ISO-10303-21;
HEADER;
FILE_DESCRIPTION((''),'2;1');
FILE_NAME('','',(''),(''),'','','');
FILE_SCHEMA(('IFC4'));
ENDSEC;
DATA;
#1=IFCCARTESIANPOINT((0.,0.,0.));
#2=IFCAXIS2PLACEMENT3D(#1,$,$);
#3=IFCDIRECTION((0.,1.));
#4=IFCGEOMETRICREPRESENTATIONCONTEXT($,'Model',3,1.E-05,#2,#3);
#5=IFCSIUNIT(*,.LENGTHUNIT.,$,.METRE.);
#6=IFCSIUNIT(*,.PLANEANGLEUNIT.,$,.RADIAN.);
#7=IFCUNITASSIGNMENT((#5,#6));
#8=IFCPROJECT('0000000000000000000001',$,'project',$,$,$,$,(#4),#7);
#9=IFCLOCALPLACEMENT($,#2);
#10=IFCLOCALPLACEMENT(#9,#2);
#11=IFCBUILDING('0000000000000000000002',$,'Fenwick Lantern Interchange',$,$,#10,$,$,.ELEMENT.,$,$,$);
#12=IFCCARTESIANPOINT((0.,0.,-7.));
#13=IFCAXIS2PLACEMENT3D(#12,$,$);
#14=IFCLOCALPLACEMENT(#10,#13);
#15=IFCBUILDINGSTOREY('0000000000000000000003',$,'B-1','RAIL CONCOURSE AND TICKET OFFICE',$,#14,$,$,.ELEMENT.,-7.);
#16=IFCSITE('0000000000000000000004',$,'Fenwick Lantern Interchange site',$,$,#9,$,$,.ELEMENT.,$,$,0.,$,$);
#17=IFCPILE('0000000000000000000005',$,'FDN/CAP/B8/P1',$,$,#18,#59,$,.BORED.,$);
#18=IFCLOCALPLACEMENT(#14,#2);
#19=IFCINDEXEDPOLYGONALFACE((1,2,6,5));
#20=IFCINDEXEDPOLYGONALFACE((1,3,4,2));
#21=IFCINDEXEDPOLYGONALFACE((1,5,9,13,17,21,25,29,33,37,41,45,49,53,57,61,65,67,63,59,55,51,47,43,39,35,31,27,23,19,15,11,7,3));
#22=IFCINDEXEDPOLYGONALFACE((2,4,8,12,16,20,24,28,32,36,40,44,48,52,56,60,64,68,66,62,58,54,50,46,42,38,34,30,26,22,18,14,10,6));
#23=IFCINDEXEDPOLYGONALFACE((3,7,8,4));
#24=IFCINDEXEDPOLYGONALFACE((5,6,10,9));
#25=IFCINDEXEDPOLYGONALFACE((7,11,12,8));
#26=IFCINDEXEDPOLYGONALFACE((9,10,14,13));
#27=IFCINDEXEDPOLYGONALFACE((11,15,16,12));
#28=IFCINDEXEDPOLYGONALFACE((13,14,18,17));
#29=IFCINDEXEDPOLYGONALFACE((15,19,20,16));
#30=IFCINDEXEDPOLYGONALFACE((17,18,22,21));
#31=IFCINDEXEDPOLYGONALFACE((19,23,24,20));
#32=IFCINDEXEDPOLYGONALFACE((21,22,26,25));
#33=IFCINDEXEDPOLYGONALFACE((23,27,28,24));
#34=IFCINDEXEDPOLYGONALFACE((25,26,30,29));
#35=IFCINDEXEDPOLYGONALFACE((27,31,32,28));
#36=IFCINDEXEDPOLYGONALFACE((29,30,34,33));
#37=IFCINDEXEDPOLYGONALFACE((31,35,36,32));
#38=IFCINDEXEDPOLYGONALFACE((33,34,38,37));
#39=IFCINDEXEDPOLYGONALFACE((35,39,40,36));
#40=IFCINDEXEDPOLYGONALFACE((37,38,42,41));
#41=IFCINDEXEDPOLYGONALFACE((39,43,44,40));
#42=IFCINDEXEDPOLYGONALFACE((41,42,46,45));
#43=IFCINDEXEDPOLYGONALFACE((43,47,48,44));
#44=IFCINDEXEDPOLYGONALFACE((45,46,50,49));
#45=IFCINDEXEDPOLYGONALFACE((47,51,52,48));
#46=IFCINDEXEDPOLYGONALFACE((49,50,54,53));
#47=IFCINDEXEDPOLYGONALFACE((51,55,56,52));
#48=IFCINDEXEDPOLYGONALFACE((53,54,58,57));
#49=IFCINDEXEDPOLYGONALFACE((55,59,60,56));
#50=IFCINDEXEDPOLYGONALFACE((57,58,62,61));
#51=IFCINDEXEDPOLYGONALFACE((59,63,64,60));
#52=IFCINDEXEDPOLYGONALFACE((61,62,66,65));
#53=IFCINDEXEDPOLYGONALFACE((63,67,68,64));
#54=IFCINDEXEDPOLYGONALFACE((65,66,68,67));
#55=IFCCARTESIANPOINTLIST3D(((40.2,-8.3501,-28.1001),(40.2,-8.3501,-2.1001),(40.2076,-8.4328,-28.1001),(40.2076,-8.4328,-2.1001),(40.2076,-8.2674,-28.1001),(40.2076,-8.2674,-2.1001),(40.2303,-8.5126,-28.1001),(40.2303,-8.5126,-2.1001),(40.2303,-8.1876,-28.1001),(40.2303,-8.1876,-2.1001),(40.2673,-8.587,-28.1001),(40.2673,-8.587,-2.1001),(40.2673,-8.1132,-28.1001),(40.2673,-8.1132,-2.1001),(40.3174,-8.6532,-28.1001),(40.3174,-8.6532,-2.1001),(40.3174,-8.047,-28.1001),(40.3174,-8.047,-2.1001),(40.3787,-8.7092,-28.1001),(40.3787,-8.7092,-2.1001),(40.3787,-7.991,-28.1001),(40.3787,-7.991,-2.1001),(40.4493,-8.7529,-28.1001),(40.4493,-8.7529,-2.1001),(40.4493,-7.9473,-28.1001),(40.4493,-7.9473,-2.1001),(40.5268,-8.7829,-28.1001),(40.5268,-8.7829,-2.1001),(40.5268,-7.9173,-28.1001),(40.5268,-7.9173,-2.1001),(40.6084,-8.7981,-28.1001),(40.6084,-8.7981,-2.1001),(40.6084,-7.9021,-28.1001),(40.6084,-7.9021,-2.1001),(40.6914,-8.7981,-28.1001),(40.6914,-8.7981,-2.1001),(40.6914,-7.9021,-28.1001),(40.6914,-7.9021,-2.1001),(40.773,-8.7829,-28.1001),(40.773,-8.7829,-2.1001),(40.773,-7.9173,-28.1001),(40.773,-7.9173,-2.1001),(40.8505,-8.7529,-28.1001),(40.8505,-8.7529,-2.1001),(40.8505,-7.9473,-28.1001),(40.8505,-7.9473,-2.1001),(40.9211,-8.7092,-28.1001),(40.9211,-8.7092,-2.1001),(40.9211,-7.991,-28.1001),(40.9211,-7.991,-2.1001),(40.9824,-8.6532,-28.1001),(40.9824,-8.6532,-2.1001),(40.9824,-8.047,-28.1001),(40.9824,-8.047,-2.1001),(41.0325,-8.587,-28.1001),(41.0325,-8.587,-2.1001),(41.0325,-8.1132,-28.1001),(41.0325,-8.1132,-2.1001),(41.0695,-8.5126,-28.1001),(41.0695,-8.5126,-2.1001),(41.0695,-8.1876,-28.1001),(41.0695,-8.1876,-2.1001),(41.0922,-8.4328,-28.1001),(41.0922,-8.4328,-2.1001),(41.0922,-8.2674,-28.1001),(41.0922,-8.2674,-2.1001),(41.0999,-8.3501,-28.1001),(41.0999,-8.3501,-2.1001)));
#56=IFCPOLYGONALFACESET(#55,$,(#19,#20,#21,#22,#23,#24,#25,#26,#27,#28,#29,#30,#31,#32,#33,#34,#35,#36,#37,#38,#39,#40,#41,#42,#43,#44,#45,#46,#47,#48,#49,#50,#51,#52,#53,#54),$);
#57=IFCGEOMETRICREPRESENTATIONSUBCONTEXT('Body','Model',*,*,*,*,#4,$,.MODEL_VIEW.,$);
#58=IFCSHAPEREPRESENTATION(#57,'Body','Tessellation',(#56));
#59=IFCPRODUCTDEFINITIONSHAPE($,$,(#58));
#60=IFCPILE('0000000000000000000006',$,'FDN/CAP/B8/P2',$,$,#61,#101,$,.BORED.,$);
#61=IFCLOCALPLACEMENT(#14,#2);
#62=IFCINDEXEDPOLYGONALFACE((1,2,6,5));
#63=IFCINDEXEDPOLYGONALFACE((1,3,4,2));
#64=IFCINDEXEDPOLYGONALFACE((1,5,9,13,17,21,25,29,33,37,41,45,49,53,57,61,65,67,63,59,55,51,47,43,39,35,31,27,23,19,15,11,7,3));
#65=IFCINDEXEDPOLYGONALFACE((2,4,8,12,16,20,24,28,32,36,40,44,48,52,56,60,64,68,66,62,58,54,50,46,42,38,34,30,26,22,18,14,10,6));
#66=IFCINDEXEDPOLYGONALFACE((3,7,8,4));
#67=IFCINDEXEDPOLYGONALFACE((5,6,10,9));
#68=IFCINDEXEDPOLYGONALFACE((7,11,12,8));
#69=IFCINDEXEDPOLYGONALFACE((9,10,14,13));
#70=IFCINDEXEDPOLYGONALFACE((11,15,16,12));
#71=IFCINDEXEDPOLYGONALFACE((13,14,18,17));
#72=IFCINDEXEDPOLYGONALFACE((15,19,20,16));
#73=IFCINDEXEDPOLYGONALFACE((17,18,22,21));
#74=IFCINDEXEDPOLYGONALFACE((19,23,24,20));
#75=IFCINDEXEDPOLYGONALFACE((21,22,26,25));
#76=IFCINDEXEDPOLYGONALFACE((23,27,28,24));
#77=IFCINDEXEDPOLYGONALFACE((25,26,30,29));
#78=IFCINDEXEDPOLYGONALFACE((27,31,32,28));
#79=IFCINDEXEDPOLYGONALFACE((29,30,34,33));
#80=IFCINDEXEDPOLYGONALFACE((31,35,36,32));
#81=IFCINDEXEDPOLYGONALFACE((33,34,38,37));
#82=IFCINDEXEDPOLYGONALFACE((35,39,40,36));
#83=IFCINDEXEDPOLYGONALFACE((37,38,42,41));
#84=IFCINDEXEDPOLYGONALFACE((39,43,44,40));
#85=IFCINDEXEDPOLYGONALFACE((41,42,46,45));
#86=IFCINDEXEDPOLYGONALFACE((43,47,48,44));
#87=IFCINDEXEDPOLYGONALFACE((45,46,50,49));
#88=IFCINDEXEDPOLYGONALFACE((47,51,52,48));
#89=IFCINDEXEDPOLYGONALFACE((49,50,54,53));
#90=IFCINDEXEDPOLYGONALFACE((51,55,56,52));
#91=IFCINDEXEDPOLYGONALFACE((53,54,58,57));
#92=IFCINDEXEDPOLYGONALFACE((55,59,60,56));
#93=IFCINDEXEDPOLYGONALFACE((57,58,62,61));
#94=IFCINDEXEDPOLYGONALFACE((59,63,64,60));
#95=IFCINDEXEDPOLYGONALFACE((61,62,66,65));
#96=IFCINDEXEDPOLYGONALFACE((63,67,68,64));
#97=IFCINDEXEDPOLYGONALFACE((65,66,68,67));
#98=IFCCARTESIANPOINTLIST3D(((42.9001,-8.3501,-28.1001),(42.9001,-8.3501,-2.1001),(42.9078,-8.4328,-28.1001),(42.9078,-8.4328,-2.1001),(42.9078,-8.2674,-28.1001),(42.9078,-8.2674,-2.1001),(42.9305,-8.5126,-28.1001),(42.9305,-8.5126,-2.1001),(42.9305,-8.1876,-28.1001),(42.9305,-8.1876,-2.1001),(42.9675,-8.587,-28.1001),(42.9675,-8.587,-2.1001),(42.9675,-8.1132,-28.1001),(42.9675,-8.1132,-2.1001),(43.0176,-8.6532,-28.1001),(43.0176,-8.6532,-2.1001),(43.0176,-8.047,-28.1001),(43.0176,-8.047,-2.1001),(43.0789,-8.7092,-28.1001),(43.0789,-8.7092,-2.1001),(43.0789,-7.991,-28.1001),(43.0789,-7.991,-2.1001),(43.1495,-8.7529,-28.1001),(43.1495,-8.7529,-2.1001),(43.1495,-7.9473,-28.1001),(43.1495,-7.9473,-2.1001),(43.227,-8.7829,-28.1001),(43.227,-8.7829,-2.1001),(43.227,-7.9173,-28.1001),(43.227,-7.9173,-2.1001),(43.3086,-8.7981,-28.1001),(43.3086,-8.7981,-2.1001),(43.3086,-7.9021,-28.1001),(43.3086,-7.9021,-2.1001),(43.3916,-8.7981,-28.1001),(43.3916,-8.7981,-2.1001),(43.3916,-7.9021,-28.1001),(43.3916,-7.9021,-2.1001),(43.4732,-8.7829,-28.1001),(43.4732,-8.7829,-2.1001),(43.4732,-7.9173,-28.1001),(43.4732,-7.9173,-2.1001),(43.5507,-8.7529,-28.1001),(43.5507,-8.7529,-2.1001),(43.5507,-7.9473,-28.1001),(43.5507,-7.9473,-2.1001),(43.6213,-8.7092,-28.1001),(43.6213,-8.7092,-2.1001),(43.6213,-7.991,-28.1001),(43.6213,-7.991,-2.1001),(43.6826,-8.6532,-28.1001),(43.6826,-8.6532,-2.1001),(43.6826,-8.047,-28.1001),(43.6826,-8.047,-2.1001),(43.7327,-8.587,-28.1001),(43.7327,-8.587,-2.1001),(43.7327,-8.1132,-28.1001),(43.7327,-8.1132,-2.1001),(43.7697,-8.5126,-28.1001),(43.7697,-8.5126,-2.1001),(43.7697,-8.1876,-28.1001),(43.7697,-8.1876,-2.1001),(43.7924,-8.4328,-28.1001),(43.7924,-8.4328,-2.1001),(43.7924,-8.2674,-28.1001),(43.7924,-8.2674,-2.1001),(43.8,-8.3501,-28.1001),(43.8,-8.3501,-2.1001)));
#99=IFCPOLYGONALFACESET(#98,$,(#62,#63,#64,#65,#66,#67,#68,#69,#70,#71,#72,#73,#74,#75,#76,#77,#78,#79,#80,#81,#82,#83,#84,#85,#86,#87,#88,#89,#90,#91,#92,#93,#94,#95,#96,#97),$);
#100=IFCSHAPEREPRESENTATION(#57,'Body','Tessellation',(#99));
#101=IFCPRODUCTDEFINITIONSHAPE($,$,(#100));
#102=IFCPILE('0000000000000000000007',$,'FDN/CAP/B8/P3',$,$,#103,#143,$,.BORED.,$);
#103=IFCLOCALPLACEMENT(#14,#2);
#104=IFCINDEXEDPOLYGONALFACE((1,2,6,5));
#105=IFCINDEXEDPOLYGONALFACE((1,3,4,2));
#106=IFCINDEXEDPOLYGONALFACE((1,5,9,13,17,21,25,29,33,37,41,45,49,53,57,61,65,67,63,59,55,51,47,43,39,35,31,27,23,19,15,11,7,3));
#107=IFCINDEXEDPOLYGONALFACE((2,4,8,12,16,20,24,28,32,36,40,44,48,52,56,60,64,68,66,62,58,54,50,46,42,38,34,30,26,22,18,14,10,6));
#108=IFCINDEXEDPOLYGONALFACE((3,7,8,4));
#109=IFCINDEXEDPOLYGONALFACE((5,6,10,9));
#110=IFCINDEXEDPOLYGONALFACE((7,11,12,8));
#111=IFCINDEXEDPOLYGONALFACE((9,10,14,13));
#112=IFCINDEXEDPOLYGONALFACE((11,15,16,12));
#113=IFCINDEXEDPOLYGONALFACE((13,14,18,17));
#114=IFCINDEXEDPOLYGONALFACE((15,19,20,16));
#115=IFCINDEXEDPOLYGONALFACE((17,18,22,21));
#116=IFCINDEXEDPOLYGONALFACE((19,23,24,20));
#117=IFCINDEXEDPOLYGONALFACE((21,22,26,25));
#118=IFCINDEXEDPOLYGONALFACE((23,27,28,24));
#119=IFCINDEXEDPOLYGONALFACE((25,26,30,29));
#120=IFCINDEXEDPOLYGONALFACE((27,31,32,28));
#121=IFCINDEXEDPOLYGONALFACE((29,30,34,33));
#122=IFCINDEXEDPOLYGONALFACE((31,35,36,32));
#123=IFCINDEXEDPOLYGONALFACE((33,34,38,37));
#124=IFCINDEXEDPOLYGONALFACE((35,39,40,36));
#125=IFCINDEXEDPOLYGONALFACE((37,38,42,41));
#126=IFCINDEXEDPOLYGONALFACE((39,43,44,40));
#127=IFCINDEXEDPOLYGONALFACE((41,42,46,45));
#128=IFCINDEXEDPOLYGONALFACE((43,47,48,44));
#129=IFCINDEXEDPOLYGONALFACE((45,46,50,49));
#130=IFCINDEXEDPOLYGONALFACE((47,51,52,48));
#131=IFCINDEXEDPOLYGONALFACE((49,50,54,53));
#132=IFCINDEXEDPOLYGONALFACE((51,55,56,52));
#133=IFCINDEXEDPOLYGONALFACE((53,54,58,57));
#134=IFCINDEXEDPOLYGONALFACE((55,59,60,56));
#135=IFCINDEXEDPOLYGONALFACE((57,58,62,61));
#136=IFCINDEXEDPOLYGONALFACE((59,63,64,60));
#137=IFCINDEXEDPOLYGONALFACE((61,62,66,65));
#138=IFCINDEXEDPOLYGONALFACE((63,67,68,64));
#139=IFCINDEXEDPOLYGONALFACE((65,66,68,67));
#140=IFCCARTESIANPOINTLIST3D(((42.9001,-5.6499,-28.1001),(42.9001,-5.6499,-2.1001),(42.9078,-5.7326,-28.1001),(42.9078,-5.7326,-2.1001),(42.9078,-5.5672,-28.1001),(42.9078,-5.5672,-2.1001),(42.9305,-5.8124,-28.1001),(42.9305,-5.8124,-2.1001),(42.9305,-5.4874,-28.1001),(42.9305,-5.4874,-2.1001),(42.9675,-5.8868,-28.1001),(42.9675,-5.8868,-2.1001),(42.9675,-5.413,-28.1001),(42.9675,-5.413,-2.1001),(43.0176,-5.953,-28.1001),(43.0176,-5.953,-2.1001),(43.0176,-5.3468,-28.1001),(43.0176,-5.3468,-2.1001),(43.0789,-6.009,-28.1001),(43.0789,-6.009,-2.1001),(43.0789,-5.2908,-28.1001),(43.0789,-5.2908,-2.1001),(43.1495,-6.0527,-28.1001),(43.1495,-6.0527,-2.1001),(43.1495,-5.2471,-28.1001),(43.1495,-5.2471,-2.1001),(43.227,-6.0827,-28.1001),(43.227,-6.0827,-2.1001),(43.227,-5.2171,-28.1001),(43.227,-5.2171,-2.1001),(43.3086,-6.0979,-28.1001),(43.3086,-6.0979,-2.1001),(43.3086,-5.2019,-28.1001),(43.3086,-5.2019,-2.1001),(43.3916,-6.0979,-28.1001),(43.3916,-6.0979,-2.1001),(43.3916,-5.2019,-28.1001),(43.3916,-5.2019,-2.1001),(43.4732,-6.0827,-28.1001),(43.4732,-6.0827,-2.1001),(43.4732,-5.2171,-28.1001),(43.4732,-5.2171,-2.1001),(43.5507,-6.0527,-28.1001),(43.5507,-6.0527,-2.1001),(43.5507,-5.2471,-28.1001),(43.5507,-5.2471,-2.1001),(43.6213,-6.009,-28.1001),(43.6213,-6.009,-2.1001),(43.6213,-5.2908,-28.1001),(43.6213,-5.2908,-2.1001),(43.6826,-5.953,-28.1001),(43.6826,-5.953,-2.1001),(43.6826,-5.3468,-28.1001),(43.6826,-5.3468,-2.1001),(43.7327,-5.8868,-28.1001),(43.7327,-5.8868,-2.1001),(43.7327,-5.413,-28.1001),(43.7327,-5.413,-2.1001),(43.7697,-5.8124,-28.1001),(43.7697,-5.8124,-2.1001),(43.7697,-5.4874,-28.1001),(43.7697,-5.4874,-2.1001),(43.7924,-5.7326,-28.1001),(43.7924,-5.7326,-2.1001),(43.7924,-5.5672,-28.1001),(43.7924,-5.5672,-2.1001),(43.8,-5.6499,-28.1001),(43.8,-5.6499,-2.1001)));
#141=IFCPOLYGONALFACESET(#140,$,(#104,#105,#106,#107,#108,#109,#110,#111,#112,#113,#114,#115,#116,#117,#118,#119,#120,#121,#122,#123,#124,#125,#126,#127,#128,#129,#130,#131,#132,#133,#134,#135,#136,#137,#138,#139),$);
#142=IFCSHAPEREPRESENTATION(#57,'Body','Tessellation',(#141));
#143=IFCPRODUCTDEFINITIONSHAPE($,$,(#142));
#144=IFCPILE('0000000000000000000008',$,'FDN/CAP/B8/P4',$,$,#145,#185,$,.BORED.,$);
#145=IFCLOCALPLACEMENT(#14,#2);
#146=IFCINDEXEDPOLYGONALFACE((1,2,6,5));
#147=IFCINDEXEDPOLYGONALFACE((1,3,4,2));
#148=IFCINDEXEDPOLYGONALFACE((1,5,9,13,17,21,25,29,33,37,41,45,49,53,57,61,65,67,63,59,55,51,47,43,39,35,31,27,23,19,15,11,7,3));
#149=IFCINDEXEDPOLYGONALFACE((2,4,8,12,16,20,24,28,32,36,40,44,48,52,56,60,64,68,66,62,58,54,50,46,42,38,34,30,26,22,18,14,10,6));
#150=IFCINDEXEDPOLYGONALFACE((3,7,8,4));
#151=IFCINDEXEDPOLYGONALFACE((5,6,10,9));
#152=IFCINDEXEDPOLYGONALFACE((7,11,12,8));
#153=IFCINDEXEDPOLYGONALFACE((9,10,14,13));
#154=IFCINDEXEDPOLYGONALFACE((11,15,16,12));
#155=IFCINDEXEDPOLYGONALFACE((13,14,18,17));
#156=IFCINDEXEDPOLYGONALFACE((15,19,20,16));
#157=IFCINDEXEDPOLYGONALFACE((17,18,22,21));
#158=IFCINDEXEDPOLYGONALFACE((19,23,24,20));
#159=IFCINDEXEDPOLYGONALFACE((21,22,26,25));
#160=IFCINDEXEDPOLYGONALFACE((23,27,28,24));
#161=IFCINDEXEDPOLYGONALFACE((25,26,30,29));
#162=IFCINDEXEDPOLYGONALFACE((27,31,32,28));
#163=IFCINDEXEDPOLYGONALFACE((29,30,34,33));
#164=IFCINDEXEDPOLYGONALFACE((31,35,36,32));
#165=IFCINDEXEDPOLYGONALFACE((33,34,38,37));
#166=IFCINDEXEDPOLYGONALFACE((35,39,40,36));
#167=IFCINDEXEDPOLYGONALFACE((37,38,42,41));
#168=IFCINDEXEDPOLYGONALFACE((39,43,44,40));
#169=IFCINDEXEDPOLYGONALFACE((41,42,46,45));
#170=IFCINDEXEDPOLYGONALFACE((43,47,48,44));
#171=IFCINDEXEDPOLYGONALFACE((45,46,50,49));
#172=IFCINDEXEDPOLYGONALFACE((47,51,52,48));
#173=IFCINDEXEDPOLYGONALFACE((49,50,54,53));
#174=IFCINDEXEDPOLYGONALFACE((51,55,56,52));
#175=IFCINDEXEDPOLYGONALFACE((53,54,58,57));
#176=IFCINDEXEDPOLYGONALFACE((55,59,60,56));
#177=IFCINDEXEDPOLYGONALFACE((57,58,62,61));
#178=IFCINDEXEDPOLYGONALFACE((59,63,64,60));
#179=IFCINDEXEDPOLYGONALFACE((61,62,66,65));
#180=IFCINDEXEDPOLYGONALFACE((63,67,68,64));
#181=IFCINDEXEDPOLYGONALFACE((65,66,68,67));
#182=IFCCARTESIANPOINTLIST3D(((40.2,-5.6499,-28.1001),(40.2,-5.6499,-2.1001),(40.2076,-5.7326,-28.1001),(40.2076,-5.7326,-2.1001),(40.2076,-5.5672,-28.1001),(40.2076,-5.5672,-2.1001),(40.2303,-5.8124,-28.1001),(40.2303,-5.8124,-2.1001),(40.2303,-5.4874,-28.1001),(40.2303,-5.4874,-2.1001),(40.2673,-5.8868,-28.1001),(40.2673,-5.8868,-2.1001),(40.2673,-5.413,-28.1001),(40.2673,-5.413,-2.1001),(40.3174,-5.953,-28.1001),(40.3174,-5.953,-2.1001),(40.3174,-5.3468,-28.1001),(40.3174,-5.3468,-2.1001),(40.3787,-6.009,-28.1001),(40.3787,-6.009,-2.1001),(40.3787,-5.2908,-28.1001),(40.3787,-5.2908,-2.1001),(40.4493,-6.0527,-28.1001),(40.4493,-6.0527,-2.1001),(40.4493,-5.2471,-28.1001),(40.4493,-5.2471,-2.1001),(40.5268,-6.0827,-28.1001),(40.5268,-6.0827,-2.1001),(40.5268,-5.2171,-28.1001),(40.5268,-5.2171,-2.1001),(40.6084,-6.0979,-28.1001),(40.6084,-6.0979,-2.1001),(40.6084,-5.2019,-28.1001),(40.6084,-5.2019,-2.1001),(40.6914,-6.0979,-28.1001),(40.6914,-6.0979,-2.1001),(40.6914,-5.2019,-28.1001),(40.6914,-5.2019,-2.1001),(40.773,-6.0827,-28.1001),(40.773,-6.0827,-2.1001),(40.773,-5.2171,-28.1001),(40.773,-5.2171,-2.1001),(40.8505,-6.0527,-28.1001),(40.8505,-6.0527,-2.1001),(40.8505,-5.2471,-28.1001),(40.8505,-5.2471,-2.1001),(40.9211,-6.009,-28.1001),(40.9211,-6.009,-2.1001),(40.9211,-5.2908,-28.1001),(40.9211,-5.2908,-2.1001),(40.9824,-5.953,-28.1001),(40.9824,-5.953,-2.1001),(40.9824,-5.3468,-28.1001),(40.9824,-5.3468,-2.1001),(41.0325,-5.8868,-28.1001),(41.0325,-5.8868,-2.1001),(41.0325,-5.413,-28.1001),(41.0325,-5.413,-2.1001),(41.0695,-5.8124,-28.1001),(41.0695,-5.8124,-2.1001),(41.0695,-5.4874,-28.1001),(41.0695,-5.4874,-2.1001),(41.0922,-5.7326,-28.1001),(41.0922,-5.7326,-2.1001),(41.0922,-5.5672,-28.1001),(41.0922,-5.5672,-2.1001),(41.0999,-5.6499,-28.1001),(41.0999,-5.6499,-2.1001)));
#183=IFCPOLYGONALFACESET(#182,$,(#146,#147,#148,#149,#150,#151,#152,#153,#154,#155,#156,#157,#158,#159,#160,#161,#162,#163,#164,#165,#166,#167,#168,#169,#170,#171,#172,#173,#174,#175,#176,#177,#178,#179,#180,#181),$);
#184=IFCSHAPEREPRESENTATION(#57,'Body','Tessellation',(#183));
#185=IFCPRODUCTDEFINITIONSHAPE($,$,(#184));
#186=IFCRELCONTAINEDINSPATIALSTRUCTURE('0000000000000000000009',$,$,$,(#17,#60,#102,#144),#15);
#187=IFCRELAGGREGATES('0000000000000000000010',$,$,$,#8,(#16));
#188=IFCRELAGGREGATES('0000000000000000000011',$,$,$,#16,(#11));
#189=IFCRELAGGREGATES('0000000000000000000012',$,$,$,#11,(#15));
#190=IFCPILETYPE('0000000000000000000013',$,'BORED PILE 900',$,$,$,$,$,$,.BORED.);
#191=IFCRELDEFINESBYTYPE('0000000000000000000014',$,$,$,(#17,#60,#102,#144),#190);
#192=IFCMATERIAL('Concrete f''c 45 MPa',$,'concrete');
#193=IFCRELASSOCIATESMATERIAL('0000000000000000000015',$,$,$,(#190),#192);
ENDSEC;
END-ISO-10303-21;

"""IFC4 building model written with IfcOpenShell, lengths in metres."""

from ifc_helpers import new_model, si_unit, direction, frame, origin, origin_2d, place, context, subcontext, project, spatial, circle, extrude, material, type_object, element, save


model = new_model("IFC4")

# Units and contexts
model_context = context("Model", 3, precision=1e-05, world=origin(), true_north=direction((0.0, 1.0)))
body_context = subcontext(model_context, "Body", "Model", "MODEL_VIEW")
ifc_project = project(units=[si_unit("LENGTHUNIT", "METRE"), si_unit("PLANEANGLEUNIT", "RADIAN")], contexts=[model_context])

# Site, building, storey
site_placement = place(None, origin())
site = spatial("IfcSite", under=ifc_project, at=site_placement, Name="Fenwick Lantern Interchange site", CompositionType="ELEMENT", RefElevation=0.0)
building_placement = place(site_placement, origin())
building = spatial("IfcBuilding", under=site, at=building_placement, Name="Fenwick Lantern Interchange", CompositionType="ELEMENT")
storey_placement = place(building_placement, frame((0.0, 0.0, -7.0)))
storey = spatial("IfcBuildingStorey", under=building, at=storey_placement, Name="B-1", Description="RAIL CONCOURSE AND TICKET OFFICE", CompositionType="ELEMENT", Elevation=-7.0)

# Piles
ifc_material_1 = material(Name="Concrete f'c 45 MPa", Category="concrete")
pile_type_1 = type_object("IfcPileType", Name="BORED PILE 900", PredefinedType="BORED", material=ifc_material_1)
for number, where, z_axis, x_axis, name in (
    (1, (40.6499, -8.3501, -2.1001), (0.0, 0.0, -1.0), (1.0, 0.0, 0.0), "FDN/CAP/B8/P1"),
    (2, (43.3501, -8.3501, -2.1001), (0.0, 0.0, -1.0), (1.0, 0.0, 0.0), "FDN/CAP/B8/P2"),
    (3, (43.3501, -5.6499, -2.1001), (0.0, 0.0, -1.0), (1.0, 0.0, 0.0), "FDN/CAP/B8/P3"),
    (4, (40.6499, -5.6499, -2.1001), (0.0, 0.0, -1.0), (1.0, 0.0, 0.0), "FDN/CAP/B8/P4"),
):
    element("IfcPile", number, at=place(storey_placement, frame(where, z_axis=z_axis, x_axis=x_axis)), inside=storey, type_object=pile_type_1, Name=name, PredefinedType="BORED", context=body_context, shape_type="SweptSolid", body=[
        extrude(circle(Radius=0.45, at=origin_2d()), origin(), (0.0, 0.0, 1.0), 26.0),
    ])

save(model, "model.ifc")
